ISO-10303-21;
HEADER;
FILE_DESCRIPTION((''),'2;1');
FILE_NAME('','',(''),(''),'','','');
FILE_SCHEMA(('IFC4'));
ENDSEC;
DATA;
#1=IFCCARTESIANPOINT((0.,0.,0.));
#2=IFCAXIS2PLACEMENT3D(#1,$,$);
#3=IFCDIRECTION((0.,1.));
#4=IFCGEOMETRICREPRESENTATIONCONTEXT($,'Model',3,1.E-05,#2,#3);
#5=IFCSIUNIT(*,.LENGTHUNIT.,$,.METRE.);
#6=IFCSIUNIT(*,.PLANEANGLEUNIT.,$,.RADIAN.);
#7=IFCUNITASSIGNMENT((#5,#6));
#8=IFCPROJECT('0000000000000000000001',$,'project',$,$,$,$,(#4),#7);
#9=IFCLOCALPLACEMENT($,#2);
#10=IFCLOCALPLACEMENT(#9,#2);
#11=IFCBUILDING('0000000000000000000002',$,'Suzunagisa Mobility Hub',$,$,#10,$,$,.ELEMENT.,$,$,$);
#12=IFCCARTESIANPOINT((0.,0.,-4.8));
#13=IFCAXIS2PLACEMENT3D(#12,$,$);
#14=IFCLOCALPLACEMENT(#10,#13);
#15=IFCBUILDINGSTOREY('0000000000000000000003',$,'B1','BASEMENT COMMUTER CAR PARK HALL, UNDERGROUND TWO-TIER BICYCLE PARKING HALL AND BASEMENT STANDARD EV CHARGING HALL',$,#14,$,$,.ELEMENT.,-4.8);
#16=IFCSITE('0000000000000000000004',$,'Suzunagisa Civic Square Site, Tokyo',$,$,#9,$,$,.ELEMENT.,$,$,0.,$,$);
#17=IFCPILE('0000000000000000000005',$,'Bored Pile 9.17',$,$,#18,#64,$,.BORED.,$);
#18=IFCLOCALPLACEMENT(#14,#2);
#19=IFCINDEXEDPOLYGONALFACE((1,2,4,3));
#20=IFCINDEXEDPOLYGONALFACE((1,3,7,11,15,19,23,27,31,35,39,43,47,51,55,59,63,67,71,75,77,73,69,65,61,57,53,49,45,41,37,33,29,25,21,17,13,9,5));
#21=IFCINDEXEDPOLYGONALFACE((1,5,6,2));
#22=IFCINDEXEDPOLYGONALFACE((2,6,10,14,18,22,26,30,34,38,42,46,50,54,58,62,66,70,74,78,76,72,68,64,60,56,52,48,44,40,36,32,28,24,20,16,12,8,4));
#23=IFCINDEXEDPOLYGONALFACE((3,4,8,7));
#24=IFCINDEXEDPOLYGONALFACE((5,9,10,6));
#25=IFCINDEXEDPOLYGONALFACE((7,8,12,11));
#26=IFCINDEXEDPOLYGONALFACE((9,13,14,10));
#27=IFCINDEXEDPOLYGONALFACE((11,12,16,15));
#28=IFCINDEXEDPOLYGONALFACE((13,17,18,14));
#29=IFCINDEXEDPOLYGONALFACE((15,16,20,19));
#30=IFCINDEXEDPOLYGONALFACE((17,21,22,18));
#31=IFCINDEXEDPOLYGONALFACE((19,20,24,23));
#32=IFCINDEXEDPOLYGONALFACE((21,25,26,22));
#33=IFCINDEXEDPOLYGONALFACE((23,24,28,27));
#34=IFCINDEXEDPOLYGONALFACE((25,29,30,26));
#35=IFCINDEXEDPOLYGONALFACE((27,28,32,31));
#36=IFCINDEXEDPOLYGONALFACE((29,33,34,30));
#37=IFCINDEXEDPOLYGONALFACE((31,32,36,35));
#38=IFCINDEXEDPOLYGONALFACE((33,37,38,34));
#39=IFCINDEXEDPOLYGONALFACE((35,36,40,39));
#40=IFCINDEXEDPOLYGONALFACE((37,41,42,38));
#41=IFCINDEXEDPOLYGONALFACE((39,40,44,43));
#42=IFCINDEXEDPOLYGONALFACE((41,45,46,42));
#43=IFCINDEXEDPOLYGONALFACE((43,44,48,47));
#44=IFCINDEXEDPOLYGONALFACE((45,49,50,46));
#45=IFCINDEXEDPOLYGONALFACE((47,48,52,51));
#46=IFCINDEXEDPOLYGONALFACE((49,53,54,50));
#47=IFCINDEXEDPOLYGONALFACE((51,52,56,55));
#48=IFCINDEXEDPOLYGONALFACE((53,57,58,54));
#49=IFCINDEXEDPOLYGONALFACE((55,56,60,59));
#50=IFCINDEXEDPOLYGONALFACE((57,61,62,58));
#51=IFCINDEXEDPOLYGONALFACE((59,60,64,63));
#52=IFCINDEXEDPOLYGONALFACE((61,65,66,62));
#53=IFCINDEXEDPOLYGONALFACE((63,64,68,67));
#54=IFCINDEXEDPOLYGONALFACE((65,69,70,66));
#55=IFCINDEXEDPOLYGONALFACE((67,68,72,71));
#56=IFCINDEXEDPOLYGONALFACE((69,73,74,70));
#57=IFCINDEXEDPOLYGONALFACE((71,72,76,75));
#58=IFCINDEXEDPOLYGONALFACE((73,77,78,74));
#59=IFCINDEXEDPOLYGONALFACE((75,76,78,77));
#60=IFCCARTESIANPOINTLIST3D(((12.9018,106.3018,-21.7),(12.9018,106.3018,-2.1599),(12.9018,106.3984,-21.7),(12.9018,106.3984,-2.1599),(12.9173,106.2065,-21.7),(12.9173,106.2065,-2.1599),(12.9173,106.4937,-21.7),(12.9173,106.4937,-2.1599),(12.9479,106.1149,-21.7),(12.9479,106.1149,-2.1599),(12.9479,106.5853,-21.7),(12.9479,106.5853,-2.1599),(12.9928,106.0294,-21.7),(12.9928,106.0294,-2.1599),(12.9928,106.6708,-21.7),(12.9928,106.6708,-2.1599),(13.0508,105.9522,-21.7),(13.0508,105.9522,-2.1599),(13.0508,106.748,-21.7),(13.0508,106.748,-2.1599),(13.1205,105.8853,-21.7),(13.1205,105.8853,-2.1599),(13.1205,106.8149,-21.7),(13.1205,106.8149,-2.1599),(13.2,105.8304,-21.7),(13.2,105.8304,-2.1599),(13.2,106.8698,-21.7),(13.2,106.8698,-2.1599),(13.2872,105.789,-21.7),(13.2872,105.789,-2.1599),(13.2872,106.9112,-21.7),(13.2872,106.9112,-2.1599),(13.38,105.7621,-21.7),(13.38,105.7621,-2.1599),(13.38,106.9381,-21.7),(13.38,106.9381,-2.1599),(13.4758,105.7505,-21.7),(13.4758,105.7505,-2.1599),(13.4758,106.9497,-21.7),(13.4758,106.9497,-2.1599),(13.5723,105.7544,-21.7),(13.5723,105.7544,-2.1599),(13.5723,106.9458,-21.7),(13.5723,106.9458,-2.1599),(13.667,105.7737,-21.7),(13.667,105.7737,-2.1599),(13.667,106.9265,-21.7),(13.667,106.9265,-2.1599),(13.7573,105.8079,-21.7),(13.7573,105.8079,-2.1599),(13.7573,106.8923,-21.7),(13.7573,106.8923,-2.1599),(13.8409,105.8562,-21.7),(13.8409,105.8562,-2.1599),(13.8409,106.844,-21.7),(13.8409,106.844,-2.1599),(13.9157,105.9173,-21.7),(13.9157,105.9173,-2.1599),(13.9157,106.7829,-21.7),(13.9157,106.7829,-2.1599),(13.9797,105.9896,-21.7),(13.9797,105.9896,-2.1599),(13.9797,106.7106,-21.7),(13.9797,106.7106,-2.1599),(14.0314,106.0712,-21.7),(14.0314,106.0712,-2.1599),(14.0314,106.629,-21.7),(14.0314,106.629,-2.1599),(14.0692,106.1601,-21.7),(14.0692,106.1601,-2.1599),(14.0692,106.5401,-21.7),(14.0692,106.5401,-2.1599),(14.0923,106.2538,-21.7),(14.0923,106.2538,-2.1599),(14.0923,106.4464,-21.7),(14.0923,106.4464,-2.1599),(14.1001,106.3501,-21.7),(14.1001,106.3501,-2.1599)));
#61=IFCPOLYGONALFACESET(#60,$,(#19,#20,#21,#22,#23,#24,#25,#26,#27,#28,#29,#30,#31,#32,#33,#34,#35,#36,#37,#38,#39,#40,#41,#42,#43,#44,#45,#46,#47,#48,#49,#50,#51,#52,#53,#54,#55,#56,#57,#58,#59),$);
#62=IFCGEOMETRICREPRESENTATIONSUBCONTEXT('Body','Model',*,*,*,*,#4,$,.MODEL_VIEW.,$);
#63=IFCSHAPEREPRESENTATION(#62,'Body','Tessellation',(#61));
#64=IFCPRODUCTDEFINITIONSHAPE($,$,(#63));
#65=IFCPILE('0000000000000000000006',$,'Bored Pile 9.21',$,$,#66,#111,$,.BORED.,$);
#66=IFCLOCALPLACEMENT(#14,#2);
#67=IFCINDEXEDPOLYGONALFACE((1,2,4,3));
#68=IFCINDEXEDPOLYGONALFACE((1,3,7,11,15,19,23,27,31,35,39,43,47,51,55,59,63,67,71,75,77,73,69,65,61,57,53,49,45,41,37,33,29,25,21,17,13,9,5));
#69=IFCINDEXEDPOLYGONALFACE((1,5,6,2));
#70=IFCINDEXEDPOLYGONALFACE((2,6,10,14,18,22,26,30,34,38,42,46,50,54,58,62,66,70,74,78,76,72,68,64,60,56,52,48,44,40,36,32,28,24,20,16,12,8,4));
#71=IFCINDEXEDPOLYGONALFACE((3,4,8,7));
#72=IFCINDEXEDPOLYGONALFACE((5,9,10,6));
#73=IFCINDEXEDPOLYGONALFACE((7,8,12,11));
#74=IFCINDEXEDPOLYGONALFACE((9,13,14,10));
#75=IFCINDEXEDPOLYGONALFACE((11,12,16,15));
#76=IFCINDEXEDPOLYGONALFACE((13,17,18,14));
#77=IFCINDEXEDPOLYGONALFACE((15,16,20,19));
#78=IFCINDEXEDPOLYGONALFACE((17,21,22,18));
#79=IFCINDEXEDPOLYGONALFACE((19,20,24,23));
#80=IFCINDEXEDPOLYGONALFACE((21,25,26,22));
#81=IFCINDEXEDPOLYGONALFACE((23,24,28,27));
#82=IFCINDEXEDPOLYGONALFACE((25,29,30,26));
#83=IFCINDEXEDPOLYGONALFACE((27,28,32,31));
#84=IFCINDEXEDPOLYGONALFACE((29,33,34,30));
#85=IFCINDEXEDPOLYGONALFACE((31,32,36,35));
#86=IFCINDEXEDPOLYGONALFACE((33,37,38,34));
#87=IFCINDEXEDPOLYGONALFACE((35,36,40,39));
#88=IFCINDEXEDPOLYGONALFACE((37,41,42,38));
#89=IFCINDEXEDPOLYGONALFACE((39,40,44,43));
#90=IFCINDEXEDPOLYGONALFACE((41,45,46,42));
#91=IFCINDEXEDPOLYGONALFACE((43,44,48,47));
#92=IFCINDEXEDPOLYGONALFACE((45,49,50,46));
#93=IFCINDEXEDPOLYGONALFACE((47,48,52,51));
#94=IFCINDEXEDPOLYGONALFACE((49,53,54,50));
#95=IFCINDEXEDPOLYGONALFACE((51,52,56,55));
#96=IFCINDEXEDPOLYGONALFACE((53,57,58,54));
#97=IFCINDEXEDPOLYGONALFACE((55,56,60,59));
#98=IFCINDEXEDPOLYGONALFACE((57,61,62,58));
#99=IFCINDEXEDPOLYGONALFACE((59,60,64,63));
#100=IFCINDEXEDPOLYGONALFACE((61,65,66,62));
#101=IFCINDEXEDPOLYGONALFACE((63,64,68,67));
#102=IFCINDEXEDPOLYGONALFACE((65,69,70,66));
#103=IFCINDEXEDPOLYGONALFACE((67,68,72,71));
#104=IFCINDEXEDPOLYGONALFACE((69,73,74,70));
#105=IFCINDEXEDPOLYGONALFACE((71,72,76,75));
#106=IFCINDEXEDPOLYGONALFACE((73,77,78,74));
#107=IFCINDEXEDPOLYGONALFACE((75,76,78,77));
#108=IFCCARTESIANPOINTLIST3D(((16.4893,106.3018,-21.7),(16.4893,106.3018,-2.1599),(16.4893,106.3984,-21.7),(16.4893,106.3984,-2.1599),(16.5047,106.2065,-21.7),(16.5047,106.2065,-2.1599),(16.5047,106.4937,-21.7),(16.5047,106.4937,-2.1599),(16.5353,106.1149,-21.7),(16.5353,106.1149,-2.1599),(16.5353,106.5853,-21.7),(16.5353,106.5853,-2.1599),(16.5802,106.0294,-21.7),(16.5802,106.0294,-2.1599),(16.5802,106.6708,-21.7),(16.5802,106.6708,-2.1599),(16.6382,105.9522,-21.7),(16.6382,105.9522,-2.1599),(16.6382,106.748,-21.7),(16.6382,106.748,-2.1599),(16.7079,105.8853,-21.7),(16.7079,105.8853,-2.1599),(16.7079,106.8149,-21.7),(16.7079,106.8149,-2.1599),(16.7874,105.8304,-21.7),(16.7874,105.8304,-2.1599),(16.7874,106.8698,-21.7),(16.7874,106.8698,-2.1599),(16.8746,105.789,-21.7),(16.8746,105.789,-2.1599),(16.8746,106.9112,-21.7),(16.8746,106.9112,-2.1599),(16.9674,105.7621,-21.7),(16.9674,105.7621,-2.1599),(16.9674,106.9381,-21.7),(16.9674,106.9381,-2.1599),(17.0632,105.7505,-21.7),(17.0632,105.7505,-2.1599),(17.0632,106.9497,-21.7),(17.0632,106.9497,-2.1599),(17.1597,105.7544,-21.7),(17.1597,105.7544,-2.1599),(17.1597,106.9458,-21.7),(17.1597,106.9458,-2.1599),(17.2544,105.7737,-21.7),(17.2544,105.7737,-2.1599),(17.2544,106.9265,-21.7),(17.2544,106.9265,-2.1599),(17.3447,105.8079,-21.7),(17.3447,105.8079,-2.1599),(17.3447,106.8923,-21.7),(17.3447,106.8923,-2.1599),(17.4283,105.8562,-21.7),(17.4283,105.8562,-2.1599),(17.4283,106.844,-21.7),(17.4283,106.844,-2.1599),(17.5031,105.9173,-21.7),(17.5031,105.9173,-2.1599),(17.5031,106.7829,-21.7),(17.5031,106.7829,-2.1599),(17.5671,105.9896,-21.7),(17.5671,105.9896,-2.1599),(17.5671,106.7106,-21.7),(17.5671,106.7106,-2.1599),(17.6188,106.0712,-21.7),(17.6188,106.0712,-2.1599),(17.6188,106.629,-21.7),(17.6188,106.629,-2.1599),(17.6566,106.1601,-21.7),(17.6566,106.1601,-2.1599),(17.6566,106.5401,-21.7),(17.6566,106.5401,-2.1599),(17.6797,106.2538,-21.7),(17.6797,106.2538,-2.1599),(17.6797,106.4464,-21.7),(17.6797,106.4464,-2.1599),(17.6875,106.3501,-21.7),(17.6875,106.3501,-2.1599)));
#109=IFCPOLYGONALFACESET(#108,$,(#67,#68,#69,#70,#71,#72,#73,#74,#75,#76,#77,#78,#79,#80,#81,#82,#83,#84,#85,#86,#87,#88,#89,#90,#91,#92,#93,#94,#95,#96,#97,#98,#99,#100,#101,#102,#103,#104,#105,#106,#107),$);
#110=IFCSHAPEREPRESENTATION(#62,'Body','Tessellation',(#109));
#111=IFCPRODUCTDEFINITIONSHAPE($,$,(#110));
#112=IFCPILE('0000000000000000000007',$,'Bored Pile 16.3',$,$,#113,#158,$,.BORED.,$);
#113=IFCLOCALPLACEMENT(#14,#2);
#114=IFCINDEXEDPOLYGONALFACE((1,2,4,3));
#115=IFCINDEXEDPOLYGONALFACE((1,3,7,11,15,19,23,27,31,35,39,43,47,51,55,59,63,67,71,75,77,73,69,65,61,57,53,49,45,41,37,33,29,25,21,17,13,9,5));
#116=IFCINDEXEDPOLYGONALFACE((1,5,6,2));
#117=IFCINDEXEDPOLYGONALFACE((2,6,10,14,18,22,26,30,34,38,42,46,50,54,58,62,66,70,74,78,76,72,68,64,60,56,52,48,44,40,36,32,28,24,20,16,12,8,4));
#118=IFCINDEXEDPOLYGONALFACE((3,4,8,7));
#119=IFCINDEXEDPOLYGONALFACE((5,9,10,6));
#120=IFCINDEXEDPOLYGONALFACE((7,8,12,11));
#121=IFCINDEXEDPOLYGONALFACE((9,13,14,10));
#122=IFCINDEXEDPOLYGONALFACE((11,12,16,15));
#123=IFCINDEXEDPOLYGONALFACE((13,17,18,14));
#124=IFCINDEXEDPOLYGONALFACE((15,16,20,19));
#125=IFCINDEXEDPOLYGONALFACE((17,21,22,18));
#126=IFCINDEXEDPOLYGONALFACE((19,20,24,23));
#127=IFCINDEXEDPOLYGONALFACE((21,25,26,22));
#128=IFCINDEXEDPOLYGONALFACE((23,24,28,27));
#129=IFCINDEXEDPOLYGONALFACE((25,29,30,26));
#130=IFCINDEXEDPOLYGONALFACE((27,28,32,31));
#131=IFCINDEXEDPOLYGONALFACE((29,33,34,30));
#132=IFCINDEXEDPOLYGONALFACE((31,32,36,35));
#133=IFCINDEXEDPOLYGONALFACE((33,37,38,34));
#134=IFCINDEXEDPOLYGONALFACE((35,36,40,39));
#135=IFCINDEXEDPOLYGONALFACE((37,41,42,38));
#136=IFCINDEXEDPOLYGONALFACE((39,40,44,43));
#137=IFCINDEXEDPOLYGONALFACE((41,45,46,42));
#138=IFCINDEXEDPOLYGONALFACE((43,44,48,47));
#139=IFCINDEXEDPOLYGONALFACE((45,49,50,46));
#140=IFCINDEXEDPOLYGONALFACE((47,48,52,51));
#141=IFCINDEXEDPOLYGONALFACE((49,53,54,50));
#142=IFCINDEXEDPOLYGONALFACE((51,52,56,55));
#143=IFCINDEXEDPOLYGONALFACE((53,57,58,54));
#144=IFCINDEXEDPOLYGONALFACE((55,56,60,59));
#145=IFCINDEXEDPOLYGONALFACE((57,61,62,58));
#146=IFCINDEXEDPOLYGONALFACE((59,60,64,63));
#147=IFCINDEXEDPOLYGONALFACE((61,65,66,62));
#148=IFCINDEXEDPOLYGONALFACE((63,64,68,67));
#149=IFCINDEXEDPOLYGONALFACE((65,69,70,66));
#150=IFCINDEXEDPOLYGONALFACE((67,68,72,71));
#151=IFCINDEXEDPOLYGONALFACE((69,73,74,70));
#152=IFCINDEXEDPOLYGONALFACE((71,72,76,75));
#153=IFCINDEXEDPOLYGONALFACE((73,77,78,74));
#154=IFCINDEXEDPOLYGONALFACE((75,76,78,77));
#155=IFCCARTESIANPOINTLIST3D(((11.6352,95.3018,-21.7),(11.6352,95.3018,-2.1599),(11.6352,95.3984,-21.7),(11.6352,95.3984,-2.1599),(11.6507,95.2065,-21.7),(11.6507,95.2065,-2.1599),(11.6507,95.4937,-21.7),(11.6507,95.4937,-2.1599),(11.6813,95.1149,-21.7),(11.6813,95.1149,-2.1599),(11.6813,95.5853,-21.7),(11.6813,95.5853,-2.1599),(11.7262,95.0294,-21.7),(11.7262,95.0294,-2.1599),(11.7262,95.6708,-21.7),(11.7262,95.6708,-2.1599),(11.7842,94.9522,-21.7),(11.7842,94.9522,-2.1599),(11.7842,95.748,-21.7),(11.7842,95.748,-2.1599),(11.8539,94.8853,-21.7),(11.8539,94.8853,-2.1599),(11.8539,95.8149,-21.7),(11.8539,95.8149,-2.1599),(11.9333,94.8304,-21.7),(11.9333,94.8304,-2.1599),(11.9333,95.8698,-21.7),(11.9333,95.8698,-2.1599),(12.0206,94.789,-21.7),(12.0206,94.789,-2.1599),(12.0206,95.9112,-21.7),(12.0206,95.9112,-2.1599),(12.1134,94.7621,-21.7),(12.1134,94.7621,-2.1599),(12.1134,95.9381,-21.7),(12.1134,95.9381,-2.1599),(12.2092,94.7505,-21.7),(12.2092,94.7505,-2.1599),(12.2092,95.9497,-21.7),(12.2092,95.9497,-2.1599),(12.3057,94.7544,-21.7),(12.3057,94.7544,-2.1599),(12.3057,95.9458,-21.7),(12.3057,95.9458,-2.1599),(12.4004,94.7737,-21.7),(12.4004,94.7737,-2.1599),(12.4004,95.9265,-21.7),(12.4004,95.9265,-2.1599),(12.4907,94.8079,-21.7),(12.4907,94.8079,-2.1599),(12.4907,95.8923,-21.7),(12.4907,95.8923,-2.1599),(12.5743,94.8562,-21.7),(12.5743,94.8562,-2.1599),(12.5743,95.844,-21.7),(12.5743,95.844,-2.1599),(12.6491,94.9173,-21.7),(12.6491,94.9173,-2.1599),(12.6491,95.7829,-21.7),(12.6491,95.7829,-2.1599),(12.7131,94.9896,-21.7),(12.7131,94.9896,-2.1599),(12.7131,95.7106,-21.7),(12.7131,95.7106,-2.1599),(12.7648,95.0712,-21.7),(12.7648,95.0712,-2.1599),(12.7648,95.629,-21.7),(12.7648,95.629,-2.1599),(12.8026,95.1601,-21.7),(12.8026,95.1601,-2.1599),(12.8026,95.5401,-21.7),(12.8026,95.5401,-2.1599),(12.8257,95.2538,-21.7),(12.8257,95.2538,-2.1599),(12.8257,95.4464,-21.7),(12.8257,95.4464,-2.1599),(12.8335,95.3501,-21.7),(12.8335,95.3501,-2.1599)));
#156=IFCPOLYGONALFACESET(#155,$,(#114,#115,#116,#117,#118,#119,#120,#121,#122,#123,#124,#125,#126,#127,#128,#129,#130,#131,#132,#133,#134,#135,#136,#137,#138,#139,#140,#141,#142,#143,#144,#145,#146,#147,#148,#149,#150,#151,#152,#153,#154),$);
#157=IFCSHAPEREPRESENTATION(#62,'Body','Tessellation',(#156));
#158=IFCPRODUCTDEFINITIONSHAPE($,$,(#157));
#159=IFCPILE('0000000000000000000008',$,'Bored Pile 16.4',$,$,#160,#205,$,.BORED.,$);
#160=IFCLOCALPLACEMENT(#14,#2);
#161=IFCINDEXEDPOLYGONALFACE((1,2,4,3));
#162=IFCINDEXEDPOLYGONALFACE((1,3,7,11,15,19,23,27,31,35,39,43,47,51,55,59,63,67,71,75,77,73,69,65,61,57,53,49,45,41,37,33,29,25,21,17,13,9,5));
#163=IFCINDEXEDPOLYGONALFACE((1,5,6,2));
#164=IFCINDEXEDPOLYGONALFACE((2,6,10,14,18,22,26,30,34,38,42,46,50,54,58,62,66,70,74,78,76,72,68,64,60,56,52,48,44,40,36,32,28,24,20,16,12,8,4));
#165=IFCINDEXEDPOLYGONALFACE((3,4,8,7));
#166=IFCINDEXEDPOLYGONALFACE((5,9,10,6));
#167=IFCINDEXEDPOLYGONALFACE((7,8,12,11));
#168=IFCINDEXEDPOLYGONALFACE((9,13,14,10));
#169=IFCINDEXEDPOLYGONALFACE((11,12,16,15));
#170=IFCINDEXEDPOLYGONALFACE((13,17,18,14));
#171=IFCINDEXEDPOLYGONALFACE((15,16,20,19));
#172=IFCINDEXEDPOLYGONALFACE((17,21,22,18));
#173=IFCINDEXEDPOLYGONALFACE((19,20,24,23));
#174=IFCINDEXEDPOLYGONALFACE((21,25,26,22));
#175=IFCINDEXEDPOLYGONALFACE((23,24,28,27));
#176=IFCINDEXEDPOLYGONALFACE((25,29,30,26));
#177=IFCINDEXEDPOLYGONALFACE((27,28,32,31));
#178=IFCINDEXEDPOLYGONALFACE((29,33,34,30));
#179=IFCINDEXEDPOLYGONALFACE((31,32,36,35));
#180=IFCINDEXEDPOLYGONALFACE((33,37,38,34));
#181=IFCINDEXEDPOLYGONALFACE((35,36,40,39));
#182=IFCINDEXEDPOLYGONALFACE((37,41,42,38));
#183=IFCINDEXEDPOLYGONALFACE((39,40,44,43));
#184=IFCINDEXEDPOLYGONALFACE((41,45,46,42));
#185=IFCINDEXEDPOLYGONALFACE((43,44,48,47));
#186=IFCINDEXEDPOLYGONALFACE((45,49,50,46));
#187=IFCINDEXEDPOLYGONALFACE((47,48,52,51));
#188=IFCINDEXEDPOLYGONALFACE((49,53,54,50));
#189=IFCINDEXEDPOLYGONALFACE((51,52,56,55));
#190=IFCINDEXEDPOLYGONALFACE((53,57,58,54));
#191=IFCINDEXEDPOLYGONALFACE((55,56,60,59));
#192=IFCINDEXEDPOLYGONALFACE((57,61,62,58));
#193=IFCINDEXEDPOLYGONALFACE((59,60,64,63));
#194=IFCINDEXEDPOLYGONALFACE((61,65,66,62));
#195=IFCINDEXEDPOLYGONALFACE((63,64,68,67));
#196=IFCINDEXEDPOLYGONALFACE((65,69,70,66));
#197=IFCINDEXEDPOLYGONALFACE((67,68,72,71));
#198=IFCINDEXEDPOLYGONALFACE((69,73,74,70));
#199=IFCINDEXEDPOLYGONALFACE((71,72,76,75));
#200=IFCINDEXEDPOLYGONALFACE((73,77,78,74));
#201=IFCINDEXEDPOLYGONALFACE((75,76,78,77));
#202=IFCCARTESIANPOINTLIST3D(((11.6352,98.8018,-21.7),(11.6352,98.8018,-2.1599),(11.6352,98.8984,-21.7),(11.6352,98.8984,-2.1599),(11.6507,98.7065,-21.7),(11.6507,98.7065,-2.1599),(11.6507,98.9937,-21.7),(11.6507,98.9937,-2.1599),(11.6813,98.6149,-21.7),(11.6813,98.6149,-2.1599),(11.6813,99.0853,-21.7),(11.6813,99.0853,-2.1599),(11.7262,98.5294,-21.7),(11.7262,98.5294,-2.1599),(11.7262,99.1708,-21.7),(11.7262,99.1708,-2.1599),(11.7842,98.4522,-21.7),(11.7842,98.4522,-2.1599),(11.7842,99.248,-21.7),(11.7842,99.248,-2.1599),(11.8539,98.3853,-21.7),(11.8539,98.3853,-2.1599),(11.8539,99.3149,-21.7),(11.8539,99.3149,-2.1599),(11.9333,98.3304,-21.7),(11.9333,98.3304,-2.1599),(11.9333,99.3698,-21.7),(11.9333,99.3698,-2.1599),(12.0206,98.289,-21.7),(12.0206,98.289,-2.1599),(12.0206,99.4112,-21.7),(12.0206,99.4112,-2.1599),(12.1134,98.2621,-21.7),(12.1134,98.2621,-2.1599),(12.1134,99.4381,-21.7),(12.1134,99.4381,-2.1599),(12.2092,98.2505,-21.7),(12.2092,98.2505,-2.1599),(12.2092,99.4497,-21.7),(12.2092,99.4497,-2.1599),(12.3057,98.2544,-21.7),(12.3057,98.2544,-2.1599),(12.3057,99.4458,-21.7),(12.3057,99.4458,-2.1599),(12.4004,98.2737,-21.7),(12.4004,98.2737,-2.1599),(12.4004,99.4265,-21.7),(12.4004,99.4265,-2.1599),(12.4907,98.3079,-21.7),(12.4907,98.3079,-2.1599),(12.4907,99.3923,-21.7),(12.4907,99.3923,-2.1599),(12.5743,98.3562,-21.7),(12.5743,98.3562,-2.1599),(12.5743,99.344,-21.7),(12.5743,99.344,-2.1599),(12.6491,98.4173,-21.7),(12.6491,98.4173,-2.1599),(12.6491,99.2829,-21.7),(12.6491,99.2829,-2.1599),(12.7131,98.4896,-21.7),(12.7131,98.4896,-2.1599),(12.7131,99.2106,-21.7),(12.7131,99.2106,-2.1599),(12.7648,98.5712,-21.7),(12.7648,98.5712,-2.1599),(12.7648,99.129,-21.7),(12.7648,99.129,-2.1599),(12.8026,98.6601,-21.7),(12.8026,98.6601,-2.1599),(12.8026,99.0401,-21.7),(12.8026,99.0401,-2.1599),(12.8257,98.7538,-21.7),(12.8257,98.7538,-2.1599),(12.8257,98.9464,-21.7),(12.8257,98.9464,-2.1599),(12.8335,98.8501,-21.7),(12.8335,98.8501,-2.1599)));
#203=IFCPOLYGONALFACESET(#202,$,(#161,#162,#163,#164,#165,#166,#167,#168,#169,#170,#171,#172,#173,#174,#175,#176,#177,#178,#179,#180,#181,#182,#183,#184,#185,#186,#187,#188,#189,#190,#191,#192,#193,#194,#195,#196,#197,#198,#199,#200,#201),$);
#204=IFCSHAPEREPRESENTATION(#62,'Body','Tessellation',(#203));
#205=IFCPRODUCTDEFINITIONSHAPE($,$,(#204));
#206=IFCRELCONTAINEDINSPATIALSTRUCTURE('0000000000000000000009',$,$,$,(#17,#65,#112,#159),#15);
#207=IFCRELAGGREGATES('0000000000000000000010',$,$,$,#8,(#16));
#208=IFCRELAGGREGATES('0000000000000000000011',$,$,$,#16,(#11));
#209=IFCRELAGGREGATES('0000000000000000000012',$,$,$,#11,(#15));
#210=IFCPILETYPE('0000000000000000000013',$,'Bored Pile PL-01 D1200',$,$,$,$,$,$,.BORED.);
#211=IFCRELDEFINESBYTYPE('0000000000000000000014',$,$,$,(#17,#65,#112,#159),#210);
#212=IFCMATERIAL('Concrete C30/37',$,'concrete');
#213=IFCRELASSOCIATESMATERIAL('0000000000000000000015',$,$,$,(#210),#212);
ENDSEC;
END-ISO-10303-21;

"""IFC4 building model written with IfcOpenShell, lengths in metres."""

from ifc_helpers import new_model, si_unit, direction, frame, origin, origin_2d, place, context, subcontext, project, spatial, circle, extrude, material, material_profile, profile_set, type_object, element, save


model = new_model("IFC4")

# Units and contexts
model_context = context("Model", 3, precision=1e-05, world=origin(), true_north=direction((0.0, 1.0)))
body_context = subcontext(model_context, "Body", "Model", "MODEL_VIEW")
ifc_project = project(units=[si_unit("LENGTHUNIT", "METRE"), si_unit("PLANEANGLEUNIT", "RADIAN")], contexts=[model_context])

# Site, building, storey
site_placement = place(None, origin())
site = spatial("IfcSite", under=ifc_project, at=site_placement, Name="Suzunagisa Civic Square Site, Tokyo", CompositionType="ELEMENT", RefElevation=0.0)
building_placement = place(site_placement, origin())
building = spatial("IfcBuilding", under=site, at=building_placement, Name="Suzunagisa Mobility Hub", CompositionType="ELEMENT")
storey_placement = place(building_placement, frame((0.0, 0.0, -4.8)))
storey = spatial("IfcBuildingStorey", under=building, at=storey_placement, Name="B1", Description="BASEMENT COMMUTER CAR PARK HALL, UNDERGROUND TWO-TIER BICYCLE PARKING HALL AND BASEMENT STANDARD EV CHARGING HALL", CompositionType="ELEMENT", Elevation=-4.8)

# Piles
ifc_material_1 = material(Name="Concrete C30/37", Category="concrete")
ifc_material_profile_1 = material_profile(ifc_material_1, circle(Radius=0.6001, at=origin_2d()), Name="BORED PILE D1200")
ifc_profile_set_1 = profile_set([ifc_material_profile_1], Name="Concrete C30/37")
pile_type = type_object("IfcPileType", Name="Bored Pile PL-01 D1200", PredefinedType="BORED", material=ifc_profile_set_1)
for number, where, z_axis, x_axis, name in (
    (1, (13.5, 106.3501, -2.1599), (0.0, 0.0, -1.0), (1.0, 0.0, 0.0), "Bored Pile 9.17"),
    (2, (17.0874, 106.3501, -2.1599), (0.0, 0.0, -1.0), (1.0, 0.0, 0.0), "Bored Pile 9.21"),
    (3, (12.2334, 95.3501, -2.1599), (0.0, 0.0, -1.0), (1.0, 0.0, 0.0), "Bored Pile 16.3"),
    (4, (12.2334, 98.8501, -2.1599), (0.0, 0.0, -1.0), (1.0, 0.0, 0.0), "Bored Pile 16.4"),
):
    element("IfcPile", number, at=place(storey_placement, frame(where, z_axis=z_axis, x_axis=x_axis)), inside=storey, type_object=pile_type, Name=name, PredefinedType="BORED", context=body_context, shape_type="SweptSolid", body=[
        extrude(circle(Radius=0.6001, at=origin_2d()), origin(), (0.0, 0.0, 1.0), 19.54),
    ])

save(model, "model.ifc")
